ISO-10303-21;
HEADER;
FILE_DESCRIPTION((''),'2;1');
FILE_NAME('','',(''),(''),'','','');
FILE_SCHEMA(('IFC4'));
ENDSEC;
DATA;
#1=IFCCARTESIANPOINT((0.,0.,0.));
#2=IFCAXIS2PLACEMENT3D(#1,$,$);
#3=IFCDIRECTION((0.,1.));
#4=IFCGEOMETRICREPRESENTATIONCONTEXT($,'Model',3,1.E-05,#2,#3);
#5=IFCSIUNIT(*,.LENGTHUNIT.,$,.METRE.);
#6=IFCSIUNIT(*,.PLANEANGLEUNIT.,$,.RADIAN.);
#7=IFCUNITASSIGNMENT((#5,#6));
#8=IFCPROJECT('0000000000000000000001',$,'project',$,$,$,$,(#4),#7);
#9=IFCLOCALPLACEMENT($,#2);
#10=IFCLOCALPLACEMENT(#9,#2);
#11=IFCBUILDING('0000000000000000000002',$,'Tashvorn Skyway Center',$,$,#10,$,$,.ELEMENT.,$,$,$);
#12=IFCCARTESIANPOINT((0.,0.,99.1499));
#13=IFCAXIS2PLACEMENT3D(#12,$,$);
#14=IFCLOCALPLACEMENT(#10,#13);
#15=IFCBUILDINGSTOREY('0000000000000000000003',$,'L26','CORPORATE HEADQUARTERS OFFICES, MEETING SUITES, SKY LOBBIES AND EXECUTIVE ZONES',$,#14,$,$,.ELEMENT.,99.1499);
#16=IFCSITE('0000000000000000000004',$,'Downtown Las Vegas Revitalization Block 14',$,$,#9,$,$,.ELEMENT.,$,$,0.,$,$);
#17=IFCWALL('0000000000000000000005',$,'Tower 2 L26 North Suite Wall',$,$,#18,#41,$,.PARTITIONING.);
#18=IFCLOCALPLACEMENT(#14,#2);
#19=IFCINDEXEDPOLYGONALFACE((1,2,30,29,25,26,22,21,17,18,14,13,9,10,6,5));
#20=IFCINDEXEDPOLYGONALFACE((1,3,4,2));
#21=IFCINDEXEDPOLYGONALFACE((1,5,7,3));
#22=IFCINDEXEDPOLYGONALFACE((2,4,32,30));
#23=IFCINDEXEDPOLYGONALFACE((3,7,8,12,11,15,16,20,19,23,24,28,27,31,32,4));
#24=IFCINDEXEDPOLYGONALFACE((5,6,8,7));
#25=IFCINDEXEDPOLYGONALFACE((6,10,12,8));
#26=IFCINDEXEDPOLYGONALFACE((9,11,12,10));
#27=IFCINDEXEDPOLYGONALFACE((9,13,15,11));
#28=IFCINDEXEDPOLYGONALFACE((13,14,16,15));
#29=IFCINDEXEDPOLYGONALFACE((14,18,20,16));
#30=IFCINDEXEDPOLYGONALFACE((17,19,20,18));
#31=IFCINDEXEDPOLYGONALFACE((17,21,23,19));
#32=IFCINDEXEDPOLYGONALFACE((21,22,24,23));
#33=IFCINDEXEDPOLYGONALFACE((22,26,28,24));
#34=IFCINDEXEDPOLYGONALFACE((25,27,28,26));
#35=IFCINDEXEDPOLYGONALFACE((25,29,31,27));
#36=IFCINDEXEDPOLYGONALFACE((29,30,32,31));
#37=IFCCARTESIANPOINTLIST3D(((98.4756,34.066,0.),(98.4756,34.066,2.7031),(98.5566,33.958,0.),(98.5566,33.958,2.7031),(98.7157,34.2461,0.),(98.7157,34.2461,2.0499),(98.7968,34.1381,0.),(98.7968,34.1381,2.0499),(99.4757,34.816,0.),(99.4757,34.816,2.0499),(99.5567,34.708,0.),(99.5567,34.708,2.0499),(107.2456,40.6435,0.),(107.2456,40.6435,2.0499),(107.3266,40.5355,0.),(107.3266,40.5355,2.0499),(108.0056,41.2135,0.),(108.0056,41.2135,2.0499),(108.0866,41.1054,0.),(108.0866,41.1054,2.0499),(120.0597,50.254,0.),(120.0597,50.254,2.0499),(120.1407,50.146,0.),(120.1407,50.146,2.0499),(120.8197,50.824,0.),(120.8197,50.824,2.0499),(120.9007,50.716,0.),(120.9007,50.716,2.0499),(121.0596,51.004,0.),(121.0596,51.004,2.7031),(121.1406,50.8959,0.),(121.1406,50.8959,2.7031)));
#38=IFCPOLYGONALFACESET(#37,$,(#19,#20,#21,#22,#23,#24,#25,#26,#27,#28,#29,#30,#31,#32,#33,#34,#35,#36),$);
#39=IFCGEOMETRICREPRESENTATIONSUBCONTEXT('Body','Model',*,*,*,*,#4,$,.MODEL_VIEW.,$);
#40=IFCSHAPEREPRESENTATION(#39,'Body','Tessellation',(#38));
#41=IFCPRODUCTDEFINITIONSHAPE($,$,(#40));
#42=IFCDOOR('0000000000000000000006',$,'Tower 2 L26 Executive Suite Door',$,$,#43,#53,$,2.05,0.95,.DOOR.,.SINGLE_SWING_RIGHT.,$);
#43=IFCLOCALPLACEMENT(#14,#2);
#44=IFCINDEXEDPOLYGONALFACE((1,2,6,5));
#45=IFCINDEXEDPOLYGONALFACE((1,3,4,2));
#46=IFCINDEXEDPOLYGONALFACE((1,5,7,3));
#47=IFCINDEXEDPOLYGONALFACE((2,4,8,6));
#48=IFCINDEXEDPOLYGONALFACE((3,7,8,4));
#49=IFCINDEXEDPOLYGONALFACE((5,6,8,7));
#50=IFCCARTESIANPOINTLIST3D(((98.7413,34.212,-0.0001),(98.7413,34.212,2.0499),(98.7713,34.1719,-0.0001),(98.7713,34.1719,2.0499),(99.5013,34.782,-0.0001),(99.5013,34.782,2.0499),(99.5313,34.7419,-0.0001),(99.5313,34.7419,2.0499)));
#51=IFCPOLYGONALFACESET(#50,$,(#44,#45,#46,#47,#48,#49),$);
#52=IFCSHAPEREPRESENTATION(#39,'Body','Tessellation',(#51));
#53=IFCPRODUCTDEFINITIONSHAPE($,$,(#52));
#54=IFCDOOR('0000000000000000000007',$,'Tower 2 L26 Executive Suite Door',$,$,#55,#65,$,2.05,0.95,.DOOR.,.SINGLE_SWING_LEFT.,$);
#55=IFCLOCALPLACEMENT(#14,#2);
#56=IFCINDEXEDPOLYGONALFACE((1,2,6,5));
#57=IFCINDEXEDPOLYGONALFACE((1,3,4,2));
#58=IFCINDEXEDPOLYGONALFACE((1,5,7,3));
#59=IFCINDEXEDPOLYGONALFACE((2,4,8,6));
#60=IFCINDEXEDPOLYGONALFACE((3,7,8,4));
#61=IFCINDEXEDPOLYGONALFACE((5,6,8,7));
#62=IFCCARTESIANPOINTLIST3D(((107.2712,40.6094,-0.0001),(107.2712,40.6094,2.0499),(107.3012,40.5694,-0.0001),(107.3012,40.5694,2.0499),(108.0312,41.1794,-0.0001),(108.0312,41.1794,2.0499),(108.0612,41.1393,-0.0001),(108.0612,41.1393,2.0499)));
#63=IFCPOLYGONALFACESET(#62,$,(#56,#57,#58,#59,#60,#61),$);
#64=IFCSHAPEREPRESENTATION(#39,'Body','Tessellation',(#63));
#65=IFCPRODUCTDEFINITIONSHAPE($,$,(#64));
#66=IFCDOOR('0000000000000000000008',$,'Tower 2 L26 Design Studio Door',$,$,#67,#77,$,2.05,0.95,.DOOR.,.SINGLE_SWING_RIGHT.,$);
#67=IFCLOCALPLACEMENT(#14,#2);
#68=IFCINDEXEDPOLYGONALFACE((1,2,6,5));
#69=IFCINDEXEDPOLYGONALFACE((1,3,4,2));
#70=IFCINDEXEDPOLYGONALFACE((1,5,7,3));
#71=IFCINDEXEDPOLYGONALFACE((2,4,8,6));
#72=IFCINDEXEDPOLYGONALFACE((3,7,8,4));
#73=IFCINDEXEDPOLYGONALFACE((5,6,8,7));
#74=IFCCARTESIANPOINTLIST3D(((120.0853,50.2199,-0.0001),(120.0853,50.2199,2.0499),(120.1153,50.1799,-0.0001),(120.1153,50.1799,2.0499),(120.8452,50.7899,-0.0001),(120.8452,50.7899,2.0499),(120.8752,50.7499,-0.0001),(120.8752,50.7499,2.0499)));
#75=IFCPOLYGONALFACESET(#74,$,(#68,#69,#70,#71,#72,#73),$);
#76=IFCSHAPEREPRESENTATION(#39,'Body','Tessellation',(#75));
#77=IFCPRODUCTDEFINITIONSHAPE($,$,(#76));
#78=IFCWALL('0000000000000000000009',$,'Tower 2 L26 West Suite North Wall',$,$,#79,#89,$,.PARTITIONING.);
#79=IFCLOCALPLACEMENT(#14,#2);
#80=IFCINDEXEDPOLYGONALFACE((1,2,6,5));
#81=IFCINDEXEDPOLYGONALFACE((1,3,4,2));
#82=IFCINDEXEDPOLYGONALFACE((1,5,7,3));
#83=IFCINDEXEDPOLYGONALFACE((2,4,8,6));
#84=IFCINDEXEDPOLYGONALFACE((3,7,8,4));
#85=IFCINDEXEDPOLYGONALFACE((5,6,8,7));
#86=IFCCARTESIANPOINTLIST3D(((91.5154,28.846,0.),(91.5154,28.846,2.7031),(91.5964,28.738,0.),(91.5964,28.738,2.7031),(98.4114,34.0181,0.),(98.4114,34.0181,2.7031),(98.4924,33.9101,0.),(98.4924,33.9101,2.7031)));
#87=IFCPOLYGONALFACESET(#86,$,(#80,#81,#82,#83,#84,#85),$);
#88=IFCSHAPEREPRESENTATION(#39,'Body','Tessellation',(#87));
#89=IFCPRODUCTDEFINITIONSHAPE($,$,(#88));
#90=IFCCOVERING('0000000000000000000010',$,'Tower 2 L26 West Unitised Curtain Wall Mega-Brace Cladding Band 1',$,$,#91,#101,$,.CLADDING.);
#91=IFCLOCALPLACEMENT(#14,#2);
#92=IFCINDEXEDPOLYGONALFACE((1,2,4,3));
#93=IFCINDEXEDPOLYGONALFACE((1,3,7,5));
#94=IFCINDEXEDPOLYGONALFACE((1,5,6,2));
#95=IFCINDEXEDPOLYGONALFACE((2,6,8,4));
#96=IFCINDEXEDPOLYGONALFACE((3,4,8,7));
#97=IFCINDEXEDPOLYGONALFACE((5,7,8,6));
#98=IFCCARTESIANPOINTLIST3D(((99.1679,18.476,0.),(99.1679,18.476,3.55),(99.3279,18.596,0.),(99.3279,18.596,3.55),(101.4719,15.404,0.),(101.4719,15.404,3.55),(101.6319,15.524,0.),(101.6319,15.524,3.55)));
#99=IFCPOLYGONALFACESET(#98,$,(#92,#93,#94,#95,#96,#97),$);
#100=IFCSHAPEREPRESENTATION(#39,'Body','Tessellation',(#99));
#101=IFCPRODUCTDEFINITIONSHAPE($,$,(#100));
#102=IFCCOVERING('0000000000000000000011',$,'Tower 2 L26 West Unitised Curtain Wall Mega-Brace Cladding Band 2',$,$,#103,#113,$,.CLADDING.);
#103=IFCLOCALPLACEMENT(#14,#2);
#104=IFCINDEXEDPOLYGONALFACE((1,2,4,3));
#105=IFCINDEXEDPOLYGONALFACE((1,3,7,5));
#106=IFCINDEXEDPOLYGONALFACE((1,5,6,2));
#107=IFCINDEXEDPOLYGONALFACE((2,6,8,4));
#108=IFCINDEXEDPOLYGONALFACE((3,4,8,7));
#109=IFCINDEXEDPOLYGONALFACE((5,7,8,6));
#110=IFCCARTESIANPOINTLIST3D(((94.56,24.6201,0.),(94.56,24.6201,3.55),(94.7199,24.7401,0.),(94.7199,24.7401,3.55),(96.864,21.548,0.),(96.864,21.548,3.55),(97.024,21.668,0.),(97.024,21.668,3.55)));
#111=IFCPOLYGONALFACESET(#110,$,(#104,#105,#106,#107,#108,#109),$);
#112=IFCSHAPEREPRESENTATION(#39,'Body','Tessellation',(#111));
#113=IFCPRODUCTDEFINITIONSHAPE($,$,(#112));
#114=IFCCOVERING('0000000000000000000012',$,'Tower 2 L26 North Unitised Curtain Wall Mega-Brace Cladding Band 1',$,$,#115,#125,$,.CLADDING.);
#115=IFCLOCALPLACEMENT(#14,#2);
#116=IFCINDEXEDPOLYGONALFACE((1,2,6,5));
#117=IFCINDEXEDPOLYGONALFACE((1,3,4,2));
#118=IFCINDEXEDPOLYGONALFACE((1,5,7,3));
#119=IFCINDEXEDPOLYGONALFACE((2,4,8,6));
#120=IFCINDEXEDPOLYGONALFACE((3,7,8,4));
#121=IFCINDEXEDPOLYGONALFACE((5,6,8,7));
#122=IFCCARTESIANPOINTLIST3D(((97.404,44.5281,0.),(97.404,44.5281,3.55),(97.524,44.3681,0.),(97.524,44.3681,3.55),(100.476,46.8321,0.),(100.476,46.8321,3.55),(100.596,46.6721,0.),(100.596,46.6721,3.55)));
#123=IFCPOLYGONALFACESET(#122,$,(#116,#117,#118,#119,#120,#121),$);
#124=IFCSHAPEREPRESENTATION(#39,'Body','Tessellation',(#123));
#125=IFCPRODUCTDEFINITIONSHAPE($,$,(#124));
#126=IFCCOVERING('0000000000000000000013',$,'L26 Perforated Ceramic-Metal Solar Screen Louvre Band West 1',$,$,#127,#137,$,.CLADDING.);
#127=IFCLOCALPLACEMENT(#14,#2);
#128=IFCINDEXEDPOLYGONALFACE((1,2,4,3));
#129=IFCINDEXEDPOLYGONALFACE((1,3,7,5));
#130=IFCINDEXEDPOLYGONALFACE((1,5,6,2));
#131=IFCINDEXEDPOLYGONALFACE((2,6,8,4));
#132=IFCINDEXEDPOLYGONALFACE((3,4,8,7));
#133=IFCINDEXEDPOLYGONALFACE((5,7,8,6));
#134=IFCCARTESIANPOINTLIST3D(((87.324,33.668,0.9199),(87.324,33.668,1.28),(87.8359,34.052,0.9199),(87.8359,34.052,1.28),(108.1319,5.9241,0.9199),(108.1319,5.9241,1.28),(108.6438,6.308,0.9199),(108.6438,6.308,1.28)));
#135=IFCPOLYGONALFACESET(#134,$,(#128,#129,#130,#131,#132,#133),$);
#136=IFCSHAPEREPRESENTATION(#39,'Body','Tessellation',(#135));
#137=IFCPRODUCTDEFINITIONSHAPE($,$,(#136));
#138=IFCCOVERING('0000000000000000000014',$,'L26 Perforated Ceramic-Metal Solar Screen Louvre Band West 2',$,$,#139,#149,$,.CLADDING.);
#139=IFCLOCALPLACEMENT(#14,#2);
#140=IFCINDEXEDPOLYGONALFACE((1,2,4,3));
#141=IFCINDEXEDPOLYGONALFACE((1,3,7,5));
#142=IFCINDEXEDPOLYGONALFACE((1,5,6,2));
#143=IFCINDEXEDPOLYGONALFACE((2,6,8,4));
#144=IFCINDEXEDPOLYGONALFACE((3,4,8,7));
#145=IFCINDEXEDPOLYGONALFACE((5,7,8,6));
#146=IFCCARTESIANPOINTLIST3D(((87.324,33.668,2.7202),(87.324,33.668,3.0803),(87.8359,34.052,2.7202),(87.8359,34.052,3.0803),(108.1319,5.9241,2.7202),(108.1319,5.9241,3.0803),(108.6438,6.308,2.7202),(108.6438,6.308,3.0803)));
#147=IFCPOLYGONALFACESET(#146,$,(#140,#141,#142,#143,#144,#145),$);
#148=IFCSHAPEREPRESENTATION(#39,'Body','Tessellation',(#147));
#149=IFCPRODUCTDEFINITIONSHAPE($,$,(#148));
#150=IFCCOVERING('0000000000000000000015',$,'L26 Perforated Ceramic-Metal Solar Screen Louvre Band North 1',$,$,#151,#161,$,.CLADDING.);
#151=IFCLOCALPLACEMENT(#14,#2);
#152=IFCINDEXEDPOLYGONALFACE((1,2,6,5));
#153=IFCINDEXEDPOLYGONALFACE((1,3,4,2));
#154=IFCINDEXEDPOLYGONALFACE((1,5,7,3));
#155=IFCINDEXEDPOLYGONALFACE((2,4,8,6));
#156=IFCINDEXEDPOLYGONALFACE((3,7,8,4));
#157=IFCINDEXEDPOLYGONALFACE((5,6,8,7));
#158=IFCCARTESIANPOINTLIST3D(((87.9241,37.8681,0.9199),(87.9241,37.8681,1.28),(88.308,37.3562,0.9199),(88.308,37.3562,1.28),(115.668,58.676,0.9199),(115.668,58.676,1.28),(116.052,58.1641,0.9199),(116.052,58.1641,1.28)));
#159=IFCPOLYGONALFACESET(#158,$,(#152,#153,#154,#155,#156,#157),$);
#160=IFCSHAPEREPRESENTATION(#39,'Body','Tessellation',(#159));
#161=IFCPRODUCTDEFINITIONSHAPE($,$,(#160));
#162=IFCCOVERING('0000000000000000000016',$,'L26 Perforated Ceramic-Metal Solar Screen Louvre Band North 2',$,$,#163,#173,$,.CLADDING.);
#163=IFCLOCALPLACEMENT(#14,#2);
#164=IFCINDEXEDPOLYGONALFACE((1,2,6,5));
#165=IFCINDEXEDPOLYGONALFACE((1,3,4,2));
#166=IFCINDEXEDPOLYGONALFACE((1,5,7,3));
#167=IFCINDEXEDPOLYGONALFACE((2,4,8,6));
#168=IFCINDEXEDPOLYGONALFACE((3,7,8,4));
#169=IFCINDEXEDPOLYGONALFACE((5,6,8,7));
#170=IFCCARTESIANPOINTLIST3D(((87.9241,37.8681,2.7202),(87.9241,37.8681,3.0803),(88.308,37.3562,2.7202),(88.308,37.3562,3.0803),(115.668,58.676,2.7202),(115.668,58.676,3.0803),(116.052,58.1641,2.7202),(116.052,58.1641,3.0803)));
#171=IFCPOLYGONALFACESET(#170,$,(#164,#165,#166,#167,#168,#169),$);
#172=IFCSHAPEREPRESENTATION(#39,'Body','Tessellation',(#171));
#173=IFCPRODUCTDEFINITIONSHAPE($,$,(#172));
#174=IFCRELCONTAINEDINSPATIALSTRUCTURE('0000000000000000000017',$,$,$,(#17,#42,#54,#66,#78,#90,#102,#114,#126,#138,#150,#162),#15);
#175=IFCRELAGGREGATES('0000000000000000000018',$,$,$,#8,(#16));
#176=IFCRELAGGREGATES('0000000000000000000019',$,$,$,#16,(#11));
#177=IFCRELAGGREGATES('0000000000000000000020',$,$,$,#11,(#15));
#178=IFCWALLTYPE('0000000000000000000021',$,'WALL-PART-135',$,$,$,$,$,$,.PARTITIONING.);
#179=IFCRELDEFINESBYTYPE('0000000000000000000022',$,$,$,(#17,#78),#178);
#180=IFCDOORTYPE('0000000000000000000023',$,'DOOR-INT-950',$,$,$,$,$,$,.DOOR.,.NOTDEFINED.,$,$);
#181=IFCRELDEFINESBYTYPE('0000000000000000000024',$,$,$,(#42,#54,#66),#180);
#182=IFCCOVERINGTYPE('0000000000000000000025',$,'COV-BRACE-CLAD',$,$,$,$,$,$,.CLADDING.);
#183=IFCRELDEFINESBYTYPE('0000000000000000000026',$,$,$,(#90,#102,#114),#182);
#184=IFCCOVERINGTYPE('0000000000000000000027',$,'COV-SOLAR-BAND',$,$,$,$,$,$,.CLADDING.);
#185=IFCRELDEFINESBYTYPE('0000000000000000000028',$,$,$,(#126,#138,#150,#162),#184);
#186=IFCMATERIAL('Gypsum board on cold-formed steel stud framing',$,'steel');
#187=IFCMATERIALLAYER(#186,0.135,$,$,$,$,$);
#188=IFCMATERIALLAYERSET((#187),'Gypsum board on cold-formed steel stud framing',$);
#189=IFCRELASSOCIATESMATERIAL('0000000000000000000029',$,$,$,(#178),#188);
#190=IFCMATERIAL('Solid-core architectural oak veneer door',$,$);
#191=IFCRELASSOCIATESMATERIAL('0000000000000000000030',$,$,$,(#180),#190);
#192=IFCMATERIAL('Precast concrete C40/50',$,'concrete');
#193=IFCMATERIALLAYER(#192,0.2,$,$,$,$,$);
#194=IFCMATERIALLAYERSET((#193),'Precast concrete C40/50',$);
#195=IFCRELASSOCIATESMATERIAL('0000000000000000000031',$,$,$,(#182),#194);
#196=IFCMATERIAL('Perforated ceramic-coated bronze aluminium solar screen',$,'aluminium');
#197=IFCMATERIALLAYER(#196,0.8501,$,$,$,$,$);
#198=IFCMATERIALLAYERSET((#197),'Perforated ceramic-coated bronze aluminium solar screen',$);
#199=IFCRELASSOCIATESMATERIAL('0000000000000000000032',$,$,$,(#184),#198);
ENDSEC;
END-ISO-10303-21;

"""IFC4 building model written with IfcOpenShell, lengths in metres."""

from ifc_helpers import new_model, si_unit, direction, frame, frame_2d, origin, origin_2d, place, context, subcontext, project, spatial, rectangle, extrude, material, layer, layer_set, type_object, element, fill, save


model = new_model("IFC4")

# Units and contexts
model_context = context("Model", 3, precision=1e-05, world=origin(), true_north=direction((0.0, 1.0)))
body_context = subcontext(model_context, "Body", "Model", "MODEL_VIEW")
ifc_project = project(units=[si_unit("LENGTHUNIT", "METRE"), si_unit("PLANEANGLEUNIT", "RADIAN")], contexts=[model_context])

# Site, building, storey
site_placement = place(None, origin())
site = spatial("IfcSite", under=ifc_project, at=site_placement, Name="Downtown Las Vegas Revitalization Block 14", CompositionType="ELEMENT", RefElevation=0.0)
building_placement = place(site_placement, origin())
building = spatial("IfcBuilding", under=site, at=building_placement, Name="Tashvorn Skyway Center", CompositionType="ELEMENT")
storey_placement = place(building_placement, frame((0.0, 0.0, 99.1499)))
storey = spatial("IfcBuildingStorey", under=building, at=storey_placement, Name="L26", Description="CORPORATE HEADQUARTERS OFFICES, MEETING SUITES, SKY LOBBIES AND EXECUTIVE ZONES", CompositionType="ELEMENT", Elevation=99.1499)

# Shared definitions
ifc_material_1 = material(Name="Gypsum board on cold-formed steel stud framing", Category="steel")

# Wall, openings, doors
ifc_layer_1 = layer(ifc_material_1, 0.135)
ifc_layer_set_1 = layer_set([ifc_layer_1], Name="Gypsum board on cold-formed steel stud framing")
wall_type_1 = type_object("IfcWallType", Name="WALL-PART-135", PredefinedType="PARTITIONING", material=ifc_layer_set_1)
wall_1_placement = place(storey_placement, frame((98.5161, 34.012, 0.0), z_axis=(0.0, 0.0, 1.0), x_axis=(0.8, 0.6, 0.0)))
wall_1 = element("IfcWall", 1, at=wall_1_placement, inside=storey, type_object=wall_type_1, Name="Tower 2 L26 North Suite Wall", PredefinedType="PARTITIONING", context=body_context, shape_type="SweptSolid", body=[
    extrude(rectangle(XDim=28.23, YDim=0.135, at=frame_2d((14.115, 0.0))), origin(), (0.0, 0.0, 1.0), 2.7031),
])
opening_1_placement = place(wall_1_placement, frame((0.3, 0.0, 0.0)))
opening_1 = element("IfcOpeningElement", 2, at=opening_1_placement, cuts=wall_1, PredefinedType="OPENING", context=body_context, shape_type="SweptSolid", body=[
    extrude(rectangle(XDim=0.95, YDim=2.05, at=frame_2d((0.4751, 1.0249))), frame((0.0, 0.0774, 0.0), z_axis=(0.0, -1.0, 0.0), x_axis=(1.0, 0.0, 0.0)), (0.0, 0.0, 1.0), 0.155),
])
opening_2_placement = place(wall_1_placement, frame((10.9624, 0.0, 0.0)))
opening_2 = element("IfcOpeningElement", 3, at=opening_2_placement, cuts=wall_1, PredefinedType="OPENING", context=body_context, shape_type="SweptSolid", body=[
    extrude(rectangle(XDim=0.95, YDim=2.05, at=frame_2d((0.4751, 1.0249))), frame((0.0, 0.0774, 0.0), z_axis=(0.0, -1.0, 0.0), x_axis=(1.0, 0.0, 0.0)), (0.0, 0.0, 1.0), 0.155),
])
opening_3_placement = place(wall_1_placement, frame((26.98, 0.0, 0.0)))
opening_3 = element("IfcOpeningElement", 4, at=opening_3_placement, cuts=wall_1, PredefinedType="OPENING", context=body_context, shape_type="SweptSolid", body=[
    extrude(rectangle(XDim=0.95, YDim=2.05, at=frame_2d((0.4751, 1.0249))), frame((0.0, 0.0774, 0.0), z_axis=(0.0, -1.0, 0.0), x_axis=(1.0, 0.0, 0.0)), (0.0, 0.0, 1.0), 0.155),
])
ifc_material_2 = material(Name="Solid-core architectural oak veneer door")
door_type = type_object("IfcDoorType", Name="DOOR-INT-950", OperationType="NOTDEFINED", PredefinedType="DOOR", material=ifc_material_2)
door_1_placement = place(opening_1_placement, origin())
door_1 = element("IfcDoor", 5, at=door_1_placement, inside=storey, type_object=door_type, Name="Tower 2 L26 Executive Suite Door", OperationType="SINGLE_SWING_RIGHT", OverallHeight=2.05, OverallWidth=0.95, PredefinedType="DOOR", context=body_context, shape_type="SweptSolid", body=[
    extrude(rectangle(XDim=0.95, YDim=2.05, at=frame_2d((0.4751, 1.0249))), frame((0.0, 0.0249, 0.0), z_axis=(0.0, -1.0, 0.0), x_axis=(1.0, 0.0, 0.0)), (0.0, 0.0, 1.0), 0.05),
])
fill(opening_1, door_1)
door_2_placement = place(opening_2_placement, origin())
door_2 = element("IfcDoor", 6, at=door_2_placement, inside=storey, type_object=door_type, Name="Tower 2 L26 Executive Suite Door", OperationType="SINGLE_SWING_LEFT", OverallHeight=2.05, OverallWidth=0.95, PredefinedType="DOOR", context=body_context, shape_type="SweptSolid", body=[
    extrude(rectangle(XDim=0.95, YDim=2.05, at=frame_2d((0.4751, 1.0249))), frame((0.0, 0.0249, 0.0), z_axis=(0.0, -1.0, 0.0), x_axis=(1.0, 0.0, 0.0)), (0.0, 0.0, 1.0), 0.05),
])
fill(opening_2, door_2)
door_3_placement = place(opening_3_placement, origin())
door_3 = element("IfcDoor", 7, at=door_3_placement, inside=storey, type_object=door_type, Name="Tower 2 L26 Design Studio Door", OperationType="SINGLE_SWING_RIGHT", OverallHeight=2.05, OverallWidth=0.95, PredefinedType="DOOR", context=body_context, shape_type="SweptSolid", body=[
    extrude(rectangle(XDim=0.95, YDim=2.05, at=frame_2d((0.4751, 1.0249))), frame((0.0, 0.0249, 0.0), z_axis=(0.0, -1.0, 0.0), x_axis=(1.0, 0.0, 0.0)), (0.0, 0.0, 1.0), 0.05),
])
fill(opening_3, door_3)

# Wall
wall_2_placement = place(storey_placement, frame((98.4519, 33.9641, 0.0), z_axis=(0.0, 0.0, 1.0), x_axis=(-0.799993, -0.600009, 0.0)))
element("IfcWall", 8, at=wall_2_placement, inside=storey, type_object=wall_type_1, Name="Tower 2 L26 West Suite North Wall", PredefinedType="PARTITIONING", context=body_context, shape_type="SweptSolid", body=[
    extrude(rectangle(XDim=8.6201, YDim=0.135, at=frame_2d((4.3101, 0.0))), origin(), (0.0, 0.0, 1.0), 2.7031),
])

# Coverings
ifc_material_3 = material(Name="Precast concrete C40/50", Category="concrete")
ifc_layer_2 = layer(ifc_material_3, 0.2)
ifc_layer_set_2 = layer_set([ifc_layer_2], Name="Precast concrete C40/50")
covering_type_1 = type_object("IfcCoveringType", Name="COV-BRACE-CLAD", PredefinedType="CLADDING", material=ifc_layer_set_2)
for number, where, z_axis, x_axis, name in (
    (9, (100.3999, 17.0, 0.0), (0.0, 0.0, 1.0), (-0.6, 0.8, 0.0), "Tower 2 L26 West Unitised Curtain Wall Mega-Brace Cladding Band 1"),
    (10, (95.792, 23.144, 0.0), (0.0, 0.0, 1.0), (-0.6, 0.8, 0.0), "Tower 2 L26 West Unitised Curtain Wall Mega-Brace Cladding Band 2"),
    (11, (99.0, 45.6001, 0.0), (0.0, 0.0, 1.0), (0.8, 0.6, 0.0), "Tower 2 L26 North Unitised Curtain Wall Mega-Brace Cladding Band 1"),
):
    element("IfcCovering", number, at=place(storey_placement, frame(where, z_axis=z_axis, x_axis=x_axis)), inside=storey, type_object=covering_type_1, Name=name, PredefinedType="CLADDING", context=body_context, shape_type="SweptSolid", body=[
        extrude(rectangle(XDim=3.8401, YDim=0.2, at=origin_2d()), origin(), (0.0, 0.0, 1.0), 3.55),
    ])
ifc_material_4 = material(Name="Perforated ceramic-coated bronze aluminium solar screen", Category="aluminium")
ifc_layer_3 = layer(ifc_material_4, 0.8501)
ifc_layer_set_3 = layer_set([ifc_layer_3], Name="Perforated ceramic-coated bronze aluminium solar screen")
covering_type_2 = type_object("IfcCoveringType", Name="COV-SOLAR-BAND", PredefinedType="CLADDING", material=ifc_layer_set_3)
for number, where, z_axis, x_axis, name in (
    (12, (97.9839, 19.988, 0.9199), (0.0, 0.0, 1.0), (-0.6, 0.8, 0.0), "L26 Perforated Ceramic-Metal Solar Screen Louvre Band West 1"),
    (13, (97.9839, 19.988, 2.7202), (0.0, 0.0, 1.0), (-0.6, 0.8, 0.0), "L26 Perforated Ceramic-Metal Solar Screen Louvre Band West 2"),
    (14, (101.988, 48.0161, 0.9199), (0.0, 0.0, 1.0), (0.8, 0.6, 0.0), "L26 Perforated Ceramic-Metal Solar Screen Louvre Band North 1"),
    (15, (101.988, 48.0161, 2.7202), (0.0, 0.0, 1.0), (0.8, 0.6, 0.0), "L26 Perforated Ceramic-Metal Solar Screen Louvre Band North 2"),
):
    element("IfcCovering", number, at=place(storey_placement, frame(where, z_axis=z_axis, x_axis=x_axis)), inside=storey, type_object=covering_type_2, Name=name, PredefinedType="CLADDING", context=body_context, shape_type="SweptSolid", body=[
        extrude(rectangle(XDim=34.6799, YDim=0.6399, at=origin_2d()), origin(), (0.0, 0.0, 1.0), 0.3601),
    ])

save(model, "model.ifc")
